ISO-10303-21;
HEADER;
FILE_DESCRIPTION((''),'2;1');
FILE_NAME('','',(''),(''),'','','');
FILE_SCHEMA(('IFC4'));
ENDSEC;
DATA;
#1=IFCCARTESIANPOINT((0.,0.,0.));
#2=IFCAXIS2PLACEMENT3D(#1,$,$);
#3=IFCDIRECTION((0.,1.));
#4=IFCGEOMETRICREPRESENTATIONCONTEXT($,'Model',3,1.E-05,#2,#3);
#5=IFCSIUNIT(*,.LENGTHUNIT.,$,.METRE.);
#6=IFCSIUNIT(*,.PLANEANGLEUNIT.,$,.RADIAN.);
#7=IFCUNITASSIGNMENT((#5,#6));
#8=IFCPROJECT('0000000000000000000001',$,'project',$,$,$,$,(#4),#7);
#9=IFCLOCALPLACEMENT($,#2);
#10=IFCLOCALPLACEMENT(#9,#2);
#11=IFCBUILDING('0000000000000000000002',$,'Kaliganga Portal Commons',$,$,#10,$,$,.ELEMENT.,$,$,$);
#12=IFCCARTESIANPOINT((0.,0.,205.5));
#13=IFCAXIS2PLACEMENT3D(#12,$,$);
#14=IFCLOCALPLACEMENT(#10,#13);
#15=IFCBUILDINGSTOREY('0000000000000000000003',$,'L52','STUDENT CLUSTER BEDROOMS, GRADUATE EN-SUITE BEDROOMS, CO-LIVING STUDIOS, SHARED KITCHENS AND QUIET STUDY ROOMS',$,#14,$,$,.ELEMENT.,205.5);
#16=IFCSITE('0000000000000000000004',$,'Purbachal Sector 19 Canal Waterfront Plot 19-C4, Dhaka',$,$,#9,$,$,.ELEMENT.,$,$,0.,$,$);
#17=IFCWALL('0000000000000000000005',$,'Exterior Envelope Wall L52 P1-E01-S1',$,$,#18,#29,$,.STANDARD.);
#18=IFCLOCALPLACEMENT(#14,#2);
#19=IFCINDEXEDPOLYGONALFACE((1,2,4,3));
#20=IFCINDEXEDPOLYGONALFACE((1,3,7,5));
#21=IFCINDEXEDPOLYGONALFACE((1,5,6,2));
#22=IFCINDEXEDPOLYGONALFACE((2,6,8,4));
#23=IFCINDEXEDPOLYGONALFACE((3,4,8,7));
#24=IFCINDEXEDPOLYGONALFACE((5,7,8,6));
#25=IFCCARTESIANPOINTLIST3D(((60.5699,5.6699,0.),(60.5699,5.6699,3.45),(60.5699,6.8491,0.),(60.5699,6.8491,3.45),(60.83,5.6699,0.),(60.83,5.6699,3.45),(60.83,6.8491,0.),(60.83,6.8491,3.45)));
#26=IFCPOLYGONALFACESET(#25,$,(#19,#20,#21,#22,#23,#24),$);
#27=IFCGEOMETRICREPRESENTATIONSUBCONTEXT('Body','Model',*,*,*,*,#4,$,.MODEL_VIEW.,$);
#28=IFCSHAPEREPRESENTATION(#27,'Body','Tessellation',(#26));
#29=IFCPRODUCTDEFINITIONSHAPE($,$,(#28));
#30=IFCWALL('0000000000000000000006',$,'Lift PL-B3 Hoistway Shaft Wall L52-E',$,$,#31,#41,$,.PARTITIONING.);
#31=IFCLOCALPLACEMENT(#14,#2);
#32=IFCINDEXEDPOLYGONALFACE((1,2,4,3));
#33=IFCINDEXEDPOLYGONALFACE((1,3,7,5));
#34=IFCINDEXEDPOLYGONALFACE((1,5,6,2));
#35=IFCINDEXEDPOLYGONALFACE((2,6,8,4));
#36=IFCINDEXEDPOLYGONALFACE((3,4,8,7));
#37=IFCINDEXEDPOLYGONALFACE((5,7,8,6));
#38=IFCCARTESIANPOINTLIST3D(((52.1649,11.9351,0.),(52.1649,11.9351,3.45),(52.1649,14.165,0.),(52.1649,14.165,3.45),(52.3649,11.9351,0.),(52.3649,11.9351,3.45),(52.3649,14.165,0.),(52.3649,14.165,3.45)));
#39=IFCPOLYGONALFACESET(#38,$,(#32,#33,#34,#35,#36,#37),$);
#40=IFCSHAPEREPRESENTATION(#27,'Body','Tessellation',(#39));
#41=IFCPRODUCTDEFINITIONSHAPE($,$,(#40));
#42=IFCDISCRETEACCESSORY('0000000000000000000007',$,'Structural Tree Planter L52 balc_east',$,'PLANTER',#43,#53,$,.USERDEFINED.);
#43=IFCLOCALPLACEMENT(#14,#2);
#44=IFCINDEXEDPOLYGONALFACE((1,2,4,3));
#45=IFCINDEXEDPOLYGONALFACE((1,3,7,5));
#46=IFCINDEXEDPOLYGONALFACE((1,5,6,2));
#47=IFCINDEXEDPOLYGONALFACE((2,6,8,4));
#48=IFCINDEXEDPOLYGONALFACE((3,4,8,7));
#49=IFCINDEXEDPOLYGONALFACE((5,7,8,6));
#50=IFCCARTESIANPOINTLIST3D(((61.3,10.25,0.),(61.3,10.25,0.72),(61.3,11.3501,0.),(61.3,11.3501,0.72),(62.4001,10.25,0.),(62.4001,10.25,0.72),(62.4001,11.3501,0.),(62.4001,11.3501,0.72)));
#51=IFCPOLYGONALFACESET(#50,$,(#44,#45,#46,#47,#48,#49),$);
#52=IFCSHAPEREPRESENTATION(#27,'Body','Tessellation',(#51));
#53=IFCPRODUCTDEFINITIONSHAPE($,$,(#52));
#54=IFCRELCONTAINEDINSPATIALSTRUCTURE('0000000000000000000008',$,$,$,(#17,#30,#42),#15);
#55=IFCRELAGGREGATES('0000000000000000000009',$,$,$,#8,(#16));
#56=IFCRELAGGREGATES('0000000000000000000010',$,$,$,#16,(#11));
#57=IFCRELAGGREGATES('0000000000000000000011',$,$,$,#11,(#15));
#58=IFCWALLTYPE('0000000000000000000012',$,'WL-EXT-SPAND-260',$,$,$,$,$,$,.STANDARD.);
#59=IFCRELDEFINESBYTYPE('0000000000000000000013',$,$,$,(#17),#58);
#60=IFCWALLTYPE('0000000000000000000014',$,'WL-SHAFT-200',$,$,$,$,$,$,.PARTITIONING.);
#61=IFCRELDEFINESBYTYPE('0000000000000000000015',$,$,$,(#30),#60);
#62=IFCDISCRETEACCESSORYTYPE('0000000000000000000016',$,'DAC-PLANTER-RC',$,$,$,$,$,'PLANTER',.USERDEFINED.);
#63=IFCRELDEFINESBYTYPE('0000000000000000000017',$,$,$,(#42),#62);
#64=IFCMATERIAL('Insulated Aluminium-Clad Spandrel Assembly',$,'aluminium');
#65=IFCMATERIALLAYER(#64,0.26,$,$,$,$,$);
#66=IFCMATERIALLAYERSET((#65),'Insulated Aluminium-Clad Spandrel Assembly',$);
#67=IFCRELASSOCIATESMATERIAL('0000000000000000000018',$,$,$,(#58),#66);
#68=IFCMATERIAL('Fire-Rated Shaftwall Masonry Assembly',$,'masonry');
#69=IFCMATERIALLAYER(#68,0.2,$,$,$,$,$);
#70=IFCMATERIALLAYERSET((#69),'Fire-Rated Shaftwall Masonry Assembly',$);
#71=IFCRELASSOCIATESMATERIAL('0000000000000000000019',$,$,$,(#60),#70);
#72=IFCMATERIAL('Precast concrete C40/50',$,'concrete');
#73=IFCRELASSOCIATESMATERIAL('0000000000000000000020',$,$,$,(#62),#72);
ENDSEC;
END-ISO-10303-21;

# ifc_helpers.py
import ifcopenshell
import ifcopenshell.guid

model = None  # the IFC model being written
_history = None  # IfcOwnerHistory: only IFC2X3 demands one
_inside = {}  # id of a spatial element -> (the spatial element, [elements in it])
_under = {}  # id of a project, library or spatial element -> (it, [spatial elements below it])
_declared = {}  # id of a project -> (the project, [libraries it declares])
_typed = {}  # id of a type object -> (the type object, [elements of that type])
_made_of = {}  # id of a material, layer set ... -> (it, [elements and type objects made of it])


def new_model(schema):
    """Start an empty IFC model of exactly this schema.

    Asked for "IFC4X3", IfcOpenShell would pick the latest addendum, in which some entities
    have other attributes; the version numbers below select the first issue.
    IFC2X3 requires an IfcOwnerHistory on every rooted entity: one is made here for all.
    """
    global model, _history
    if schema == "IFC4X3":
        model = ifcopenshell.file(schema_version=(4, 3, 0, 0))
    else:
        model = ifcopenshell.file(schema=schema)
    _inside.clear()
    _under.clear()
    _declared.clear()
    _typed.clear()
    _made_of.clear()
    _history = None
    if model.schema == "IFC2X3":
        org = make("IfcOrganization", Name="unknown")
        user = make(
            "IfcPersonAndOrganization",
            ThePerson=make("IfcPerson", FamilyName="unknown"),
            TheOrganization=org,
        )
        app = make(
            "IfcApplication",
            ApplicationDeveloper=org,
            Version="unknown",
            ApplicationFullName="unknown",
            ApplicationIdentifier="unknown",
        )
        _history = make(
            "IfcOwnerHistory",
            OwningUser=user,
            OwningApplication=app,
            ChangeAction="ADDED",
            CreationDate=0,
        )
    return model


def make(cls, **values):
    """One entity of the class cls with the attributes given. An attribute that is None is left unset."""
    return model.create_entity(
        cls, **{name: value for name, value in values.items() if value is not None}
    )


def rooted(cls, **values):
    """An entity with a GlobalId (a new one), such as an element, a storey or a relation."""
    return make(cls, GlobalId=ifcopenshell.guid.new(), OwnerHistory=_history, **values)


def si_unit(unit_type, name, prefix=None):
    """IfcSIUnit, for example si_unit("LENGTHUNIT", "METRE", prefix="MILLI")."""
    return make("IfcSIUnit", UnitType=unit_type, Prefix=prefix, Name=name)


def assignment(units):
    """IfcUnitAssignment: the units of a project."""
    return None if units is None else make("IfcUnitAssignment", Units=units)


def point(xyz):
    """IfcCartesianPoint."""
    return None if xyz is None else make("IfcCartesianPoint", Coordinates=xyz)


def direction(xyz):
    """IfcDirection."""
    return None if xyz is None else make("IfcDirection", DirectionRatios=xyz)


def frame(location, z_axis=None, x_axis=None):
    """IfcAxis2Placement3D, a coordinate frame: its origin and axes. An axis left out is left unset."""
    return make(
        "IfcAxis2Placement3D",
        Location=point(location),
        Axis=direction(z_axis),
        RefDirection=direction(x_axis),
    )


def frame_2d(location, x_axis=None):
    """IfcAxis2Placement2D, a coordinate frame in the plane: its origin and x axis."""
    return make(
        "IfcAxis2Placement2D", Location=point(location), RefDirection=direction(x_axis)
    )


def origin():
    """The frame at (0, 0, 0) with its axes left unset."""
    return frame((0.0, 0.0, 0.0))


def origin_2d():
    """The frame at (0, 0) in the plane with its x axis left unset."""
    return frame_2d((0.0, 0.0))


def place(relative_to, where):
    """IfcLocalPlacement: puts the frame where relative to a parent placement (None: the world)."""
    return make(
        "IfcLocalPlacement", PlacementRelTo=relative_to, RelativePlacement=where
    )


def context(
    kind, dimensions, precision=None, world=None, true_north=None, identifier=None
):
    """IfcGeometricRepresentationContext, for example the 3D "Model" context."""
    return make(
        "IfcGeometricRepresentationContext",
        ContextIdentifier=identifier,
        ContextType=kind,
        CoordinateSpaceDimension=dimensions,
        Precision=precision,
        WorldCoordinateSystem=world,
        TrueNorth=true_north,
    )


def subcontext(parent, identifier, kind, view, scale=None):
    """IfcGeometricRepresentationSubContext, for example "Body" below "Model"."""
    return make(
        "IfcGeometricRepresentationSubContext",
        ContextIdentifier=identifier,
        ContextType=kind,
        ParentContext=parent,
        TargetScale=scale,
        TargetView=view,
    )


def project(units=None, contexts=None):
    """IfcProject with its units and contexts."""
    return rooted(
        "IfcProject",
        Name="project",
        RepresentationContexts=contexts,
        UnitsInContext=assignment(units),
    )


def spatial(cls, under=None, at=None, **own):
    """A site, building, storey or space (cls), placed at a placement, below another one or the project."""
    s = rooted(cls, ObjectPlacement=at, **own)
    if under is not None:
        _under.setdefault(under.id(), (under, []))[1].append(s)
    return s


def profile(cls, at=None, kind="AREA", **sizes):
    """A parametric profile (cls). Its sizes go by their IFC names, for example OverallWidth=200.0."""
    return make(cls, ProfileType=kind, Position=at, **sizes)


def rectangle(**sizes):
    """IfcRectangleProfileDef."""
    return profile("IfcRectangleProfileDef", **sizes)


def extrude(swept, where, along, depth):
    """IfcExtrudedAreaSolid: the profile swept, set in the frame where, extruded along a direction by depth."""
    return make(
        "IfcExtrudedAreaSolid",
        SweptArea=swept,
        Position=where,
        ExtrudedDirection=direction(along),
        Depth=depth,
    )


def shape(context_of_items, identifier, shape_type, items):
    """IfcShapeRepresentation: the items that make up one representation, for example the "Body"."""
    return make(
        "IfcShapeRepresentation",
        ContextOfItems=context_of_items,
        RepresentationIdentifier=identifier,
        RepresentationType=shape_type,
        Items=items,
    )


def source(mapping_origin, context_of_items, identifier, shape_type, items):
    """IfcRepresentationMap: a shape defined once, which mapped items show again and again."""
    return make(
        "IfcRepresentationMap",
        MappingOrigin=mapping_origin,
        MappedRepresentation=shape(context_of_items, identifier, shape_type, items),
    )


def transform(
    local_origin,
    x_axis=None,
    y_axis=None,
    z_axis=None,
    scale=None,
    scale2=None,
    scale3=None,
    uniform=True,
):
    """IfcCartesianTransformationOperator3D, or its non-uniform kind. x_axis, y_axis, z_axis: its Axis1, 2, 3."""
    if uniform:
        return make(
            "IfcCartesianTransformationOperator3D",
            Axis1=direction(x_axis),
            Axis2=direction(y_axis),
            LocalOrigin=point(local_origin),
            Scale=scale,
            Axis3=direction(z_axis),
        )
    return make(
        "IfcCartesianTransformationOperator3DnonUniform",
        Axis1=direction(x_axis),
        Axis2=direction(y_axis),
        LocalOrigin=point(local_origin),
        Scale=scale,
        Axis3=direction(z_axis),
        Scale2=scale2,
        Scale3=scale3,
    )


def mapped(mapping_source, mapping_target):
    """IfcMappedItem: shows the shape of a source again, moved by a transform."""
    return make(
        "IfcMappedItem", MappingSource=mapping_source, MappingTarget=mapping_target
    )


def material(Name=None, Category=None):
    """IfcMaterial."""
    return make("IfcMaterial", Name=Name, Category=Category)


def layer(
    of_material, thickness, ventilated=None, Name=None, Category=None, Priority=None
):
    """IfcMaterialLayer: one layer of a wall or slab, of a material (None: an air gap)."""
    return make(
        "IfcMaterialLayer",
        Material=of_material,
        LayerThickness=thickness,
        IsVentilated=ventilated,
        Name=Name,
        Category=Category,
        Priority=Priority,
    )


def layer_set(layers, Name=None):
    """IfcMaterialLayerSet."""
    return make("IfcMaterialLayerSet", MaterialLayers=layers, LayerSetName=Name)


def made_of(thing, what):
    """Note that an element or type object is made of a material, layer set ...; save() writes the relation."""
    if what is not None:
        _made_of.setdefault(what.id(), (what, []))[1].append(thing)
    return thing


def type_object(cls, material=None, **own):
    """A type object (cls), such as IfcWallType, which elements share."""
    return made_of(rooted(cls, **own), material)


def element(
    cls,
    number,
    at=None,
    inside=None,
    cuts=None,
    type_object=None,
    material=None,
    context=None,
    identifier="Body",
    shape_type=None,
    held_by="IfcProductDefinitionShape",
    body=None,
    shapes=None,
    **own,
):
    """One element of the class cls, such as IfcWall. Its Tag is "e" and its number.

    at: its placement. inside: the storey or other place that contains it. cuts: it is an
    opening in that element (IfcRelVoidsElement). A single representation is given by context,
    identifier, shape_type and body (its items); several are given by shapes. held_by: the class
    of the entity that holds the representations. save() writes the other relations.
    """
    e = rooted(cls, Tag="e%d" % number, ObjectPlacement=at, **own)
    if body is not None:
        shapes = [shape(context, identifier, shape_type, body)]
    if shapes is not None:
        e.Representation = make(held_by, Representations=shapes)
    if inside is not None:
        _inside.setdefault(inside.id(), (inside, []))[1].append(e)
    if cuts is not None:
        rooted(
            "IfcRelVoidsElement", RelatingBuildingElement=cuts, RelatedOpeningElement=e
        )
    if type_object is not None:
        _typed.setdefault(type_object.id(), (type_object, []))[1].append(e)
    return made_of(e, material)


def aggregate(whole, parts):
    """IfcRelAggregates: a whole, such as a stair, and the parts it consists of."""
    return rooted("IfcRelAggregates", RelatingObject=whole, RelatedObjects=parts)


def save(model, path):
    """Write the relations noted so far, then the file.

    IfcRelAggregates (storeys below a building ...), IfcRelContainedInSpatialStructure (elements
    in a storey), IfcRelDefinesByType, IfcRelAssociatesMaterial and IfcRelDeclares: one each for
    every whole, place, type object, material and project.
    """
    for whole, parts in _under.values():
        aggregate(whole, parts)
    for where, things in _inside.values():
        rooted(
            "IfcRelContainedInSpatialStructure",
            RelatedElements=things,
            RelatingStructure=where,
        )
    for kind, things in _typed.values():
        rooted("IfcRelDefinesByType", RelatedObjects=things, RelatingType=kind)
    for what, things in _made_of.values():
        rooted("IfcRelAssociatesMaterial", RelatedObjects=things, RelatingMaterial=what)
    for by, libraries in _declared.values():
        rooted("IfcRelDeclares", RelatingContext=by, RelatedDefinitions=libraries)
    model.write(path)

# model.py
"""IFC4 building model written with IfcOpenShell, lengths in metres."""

from ifc_helpers import new_model, si_unit, direction, frame, frame_2d, origin, origin_2d, place, context, subcontext, project, spatial, rectangle, extrude, source, transform, mapped, material, layer, layer_set, type_object, element, save


model = new_model("IFC4")

# Units and contexts
model_context = context("Model", 3, precision=1e-05, world=origin(), true_north=direction((0.0, 1.0)))
body_context = subcontext(model_context, "Body", "Model", "MODEL_VIEW")
ifc_project = project(units=[si_unit("LENGTHUNIT", "METRE"), si_unit("PLANEANGLEUNIT", "RADIAN")], contexts=[model_context])

# Site, building, storey
site_placement = place(None, origin())
site = spatial("IfcSite", under=ifc_project, at=site_placement, Name="Purbachal Sector 19 Canal Waterfront Plot 19-C4, Dhaka", CompositionType="ELEMENT", RefElevation=0.0)
building_placement = place(site_placement, origin())
building = spatial("IfcBuilding", under=site, at=building_placement, Name="Kaliganga Portal Commons", CompositionType="ELEMENT")
storey_placement = place(building_placement, frame((0.0, 0.0, 205.5)))
storey = spatial("IfcBuildingStorey", under=building, at=storey_placement, Name="L52", Description="STUDENT CLUSTER BEDROOMS, GRADUATE EN-SUITE BEDROOMS, CO-LIVING STUDIOS, SHARED KITCHENS AND QUIET STUDY ROOMS", CompositionType="ELEMENT", Elevation=205.5)

# Shared definitions
ifc_material_1 = material(Name="Insulated Aluminium-Clad Spandrel Assembly", Category="aluminium")
ifc_layer_1 = layer(ifc_material_1, 0.26)
ifc_layer_set_1 = layer_set([ifc_layer_1], Name="Insulated Aluminium-Clad Spandrel Assembly")
wall_type_1 = type_object("IfcWallType", Name="WL-EXT-SPAND-260", PredefinedType="STANDARD", material=ifc_layer_set_1)

# Wall
wall_1_placement = place(storey_placement, frame((60.7, 6.8491, 0.0), z_axis=(0.0, 0.0, 1.0), x_axis=(0.0, -1.0, 0.0)))
element("IfcWall", 1, at=wall_1_placement, inside=storey, type_object=wall_type_1, Name="Exterior Envelope Wall L52 P1-E01-S1", PredefinedType="STANDARD", context=body_context, shape_type="SweptSolid", body=[
    extrude(rectangle(XDim=1.1792, YDim=0.26, at=frame_2d((0.5896, 0.0))), origin(), (0.0, 0.0, 1.0), 3.45),
])

# Shared definitions
ifc_material_2 = material(Name="Fire-Rated Shaftwall Masonry Assembly", Category="masonry")
ifc_layer_2 = layer(ifc_material_2, 0.2)
ifc_layer_set_2 = layer_set([ifc_layer_2], Name="Fire-Rated Shaftwall Masonry Assembly")
wall_type_2 = type_object("IfcWallType", Name="WL-SHAFT-200", PredefinedType="PARTITIONING", material=ifc_layer_set_2)

# Wall
wall_2_placement = place(storey_placement, frame((52.2649, 11.9351, 0.0), z_axis=(0.0, 0.0, 1.0), x_axis=(0.0, 1.0, 0.0)))
element("IfcWall", 2, at=wall_2_placement, inside=storey, type_object=wall_type_2, Name="Lift PL-B3 Hoistway Shaft Wall L52-E", PredefinedType="PARTITIONING", context=body_context, shape_type="SweptSolid", body=[
    extrude(rectangle(XDim=2.23, YDim=0.2, at=frame_2d((1.115, 0.0))), origin(), (0.0, 0.0, 1.0), 3.45),
])

# Discrete accessory
ifc_material_3 = material(Name="Precast concrete C40/50", Category="concrete")
discrete_accessory_type = type_object("IfcDiscreteAccessoryType", Name="DAC-PLANTER-RC", ElementType="PLANTER", PredefinedType="USERDEFINED", material=ifc_material_3)
shared_shape_1 = source(origin(), body_context, "Body", "SweptSolid", [
    extrude(rectangle(XDim=1.1001, YDim=1.1001, at=origin_2d()), origin(), (0.0, 0.0, 1.0), 0.72),
])
discrete_accessory_placement = place(storey_placement, frame((61.8501, 10.8, 0.0), z_axis=(0.0, 0.0, 1.0), x_axis=(1.0, 0.0, 0.0)))
element("IfcDiscreteAccessory", 3, at=discrete_accessory_placement, inside=storey, type_object=discrete_accessory_type, Name="Structural Tree Planter L52 balc_east", ObjectType="PLANTER", PredefinedType="USERDEFINED", context=body_context, shape_type="MappedRepresentation", body=[
    mapped(shared_shape_1, transform((0.0, 0.0, 0.0), x_axis=(1.0, 0.0, 0.0), y_axis=(0.0, 1.0, 0.0), z_axis=(0.0, 0.0, 1.0), scale=1.0)),
])

save(model, "model.ifc")
